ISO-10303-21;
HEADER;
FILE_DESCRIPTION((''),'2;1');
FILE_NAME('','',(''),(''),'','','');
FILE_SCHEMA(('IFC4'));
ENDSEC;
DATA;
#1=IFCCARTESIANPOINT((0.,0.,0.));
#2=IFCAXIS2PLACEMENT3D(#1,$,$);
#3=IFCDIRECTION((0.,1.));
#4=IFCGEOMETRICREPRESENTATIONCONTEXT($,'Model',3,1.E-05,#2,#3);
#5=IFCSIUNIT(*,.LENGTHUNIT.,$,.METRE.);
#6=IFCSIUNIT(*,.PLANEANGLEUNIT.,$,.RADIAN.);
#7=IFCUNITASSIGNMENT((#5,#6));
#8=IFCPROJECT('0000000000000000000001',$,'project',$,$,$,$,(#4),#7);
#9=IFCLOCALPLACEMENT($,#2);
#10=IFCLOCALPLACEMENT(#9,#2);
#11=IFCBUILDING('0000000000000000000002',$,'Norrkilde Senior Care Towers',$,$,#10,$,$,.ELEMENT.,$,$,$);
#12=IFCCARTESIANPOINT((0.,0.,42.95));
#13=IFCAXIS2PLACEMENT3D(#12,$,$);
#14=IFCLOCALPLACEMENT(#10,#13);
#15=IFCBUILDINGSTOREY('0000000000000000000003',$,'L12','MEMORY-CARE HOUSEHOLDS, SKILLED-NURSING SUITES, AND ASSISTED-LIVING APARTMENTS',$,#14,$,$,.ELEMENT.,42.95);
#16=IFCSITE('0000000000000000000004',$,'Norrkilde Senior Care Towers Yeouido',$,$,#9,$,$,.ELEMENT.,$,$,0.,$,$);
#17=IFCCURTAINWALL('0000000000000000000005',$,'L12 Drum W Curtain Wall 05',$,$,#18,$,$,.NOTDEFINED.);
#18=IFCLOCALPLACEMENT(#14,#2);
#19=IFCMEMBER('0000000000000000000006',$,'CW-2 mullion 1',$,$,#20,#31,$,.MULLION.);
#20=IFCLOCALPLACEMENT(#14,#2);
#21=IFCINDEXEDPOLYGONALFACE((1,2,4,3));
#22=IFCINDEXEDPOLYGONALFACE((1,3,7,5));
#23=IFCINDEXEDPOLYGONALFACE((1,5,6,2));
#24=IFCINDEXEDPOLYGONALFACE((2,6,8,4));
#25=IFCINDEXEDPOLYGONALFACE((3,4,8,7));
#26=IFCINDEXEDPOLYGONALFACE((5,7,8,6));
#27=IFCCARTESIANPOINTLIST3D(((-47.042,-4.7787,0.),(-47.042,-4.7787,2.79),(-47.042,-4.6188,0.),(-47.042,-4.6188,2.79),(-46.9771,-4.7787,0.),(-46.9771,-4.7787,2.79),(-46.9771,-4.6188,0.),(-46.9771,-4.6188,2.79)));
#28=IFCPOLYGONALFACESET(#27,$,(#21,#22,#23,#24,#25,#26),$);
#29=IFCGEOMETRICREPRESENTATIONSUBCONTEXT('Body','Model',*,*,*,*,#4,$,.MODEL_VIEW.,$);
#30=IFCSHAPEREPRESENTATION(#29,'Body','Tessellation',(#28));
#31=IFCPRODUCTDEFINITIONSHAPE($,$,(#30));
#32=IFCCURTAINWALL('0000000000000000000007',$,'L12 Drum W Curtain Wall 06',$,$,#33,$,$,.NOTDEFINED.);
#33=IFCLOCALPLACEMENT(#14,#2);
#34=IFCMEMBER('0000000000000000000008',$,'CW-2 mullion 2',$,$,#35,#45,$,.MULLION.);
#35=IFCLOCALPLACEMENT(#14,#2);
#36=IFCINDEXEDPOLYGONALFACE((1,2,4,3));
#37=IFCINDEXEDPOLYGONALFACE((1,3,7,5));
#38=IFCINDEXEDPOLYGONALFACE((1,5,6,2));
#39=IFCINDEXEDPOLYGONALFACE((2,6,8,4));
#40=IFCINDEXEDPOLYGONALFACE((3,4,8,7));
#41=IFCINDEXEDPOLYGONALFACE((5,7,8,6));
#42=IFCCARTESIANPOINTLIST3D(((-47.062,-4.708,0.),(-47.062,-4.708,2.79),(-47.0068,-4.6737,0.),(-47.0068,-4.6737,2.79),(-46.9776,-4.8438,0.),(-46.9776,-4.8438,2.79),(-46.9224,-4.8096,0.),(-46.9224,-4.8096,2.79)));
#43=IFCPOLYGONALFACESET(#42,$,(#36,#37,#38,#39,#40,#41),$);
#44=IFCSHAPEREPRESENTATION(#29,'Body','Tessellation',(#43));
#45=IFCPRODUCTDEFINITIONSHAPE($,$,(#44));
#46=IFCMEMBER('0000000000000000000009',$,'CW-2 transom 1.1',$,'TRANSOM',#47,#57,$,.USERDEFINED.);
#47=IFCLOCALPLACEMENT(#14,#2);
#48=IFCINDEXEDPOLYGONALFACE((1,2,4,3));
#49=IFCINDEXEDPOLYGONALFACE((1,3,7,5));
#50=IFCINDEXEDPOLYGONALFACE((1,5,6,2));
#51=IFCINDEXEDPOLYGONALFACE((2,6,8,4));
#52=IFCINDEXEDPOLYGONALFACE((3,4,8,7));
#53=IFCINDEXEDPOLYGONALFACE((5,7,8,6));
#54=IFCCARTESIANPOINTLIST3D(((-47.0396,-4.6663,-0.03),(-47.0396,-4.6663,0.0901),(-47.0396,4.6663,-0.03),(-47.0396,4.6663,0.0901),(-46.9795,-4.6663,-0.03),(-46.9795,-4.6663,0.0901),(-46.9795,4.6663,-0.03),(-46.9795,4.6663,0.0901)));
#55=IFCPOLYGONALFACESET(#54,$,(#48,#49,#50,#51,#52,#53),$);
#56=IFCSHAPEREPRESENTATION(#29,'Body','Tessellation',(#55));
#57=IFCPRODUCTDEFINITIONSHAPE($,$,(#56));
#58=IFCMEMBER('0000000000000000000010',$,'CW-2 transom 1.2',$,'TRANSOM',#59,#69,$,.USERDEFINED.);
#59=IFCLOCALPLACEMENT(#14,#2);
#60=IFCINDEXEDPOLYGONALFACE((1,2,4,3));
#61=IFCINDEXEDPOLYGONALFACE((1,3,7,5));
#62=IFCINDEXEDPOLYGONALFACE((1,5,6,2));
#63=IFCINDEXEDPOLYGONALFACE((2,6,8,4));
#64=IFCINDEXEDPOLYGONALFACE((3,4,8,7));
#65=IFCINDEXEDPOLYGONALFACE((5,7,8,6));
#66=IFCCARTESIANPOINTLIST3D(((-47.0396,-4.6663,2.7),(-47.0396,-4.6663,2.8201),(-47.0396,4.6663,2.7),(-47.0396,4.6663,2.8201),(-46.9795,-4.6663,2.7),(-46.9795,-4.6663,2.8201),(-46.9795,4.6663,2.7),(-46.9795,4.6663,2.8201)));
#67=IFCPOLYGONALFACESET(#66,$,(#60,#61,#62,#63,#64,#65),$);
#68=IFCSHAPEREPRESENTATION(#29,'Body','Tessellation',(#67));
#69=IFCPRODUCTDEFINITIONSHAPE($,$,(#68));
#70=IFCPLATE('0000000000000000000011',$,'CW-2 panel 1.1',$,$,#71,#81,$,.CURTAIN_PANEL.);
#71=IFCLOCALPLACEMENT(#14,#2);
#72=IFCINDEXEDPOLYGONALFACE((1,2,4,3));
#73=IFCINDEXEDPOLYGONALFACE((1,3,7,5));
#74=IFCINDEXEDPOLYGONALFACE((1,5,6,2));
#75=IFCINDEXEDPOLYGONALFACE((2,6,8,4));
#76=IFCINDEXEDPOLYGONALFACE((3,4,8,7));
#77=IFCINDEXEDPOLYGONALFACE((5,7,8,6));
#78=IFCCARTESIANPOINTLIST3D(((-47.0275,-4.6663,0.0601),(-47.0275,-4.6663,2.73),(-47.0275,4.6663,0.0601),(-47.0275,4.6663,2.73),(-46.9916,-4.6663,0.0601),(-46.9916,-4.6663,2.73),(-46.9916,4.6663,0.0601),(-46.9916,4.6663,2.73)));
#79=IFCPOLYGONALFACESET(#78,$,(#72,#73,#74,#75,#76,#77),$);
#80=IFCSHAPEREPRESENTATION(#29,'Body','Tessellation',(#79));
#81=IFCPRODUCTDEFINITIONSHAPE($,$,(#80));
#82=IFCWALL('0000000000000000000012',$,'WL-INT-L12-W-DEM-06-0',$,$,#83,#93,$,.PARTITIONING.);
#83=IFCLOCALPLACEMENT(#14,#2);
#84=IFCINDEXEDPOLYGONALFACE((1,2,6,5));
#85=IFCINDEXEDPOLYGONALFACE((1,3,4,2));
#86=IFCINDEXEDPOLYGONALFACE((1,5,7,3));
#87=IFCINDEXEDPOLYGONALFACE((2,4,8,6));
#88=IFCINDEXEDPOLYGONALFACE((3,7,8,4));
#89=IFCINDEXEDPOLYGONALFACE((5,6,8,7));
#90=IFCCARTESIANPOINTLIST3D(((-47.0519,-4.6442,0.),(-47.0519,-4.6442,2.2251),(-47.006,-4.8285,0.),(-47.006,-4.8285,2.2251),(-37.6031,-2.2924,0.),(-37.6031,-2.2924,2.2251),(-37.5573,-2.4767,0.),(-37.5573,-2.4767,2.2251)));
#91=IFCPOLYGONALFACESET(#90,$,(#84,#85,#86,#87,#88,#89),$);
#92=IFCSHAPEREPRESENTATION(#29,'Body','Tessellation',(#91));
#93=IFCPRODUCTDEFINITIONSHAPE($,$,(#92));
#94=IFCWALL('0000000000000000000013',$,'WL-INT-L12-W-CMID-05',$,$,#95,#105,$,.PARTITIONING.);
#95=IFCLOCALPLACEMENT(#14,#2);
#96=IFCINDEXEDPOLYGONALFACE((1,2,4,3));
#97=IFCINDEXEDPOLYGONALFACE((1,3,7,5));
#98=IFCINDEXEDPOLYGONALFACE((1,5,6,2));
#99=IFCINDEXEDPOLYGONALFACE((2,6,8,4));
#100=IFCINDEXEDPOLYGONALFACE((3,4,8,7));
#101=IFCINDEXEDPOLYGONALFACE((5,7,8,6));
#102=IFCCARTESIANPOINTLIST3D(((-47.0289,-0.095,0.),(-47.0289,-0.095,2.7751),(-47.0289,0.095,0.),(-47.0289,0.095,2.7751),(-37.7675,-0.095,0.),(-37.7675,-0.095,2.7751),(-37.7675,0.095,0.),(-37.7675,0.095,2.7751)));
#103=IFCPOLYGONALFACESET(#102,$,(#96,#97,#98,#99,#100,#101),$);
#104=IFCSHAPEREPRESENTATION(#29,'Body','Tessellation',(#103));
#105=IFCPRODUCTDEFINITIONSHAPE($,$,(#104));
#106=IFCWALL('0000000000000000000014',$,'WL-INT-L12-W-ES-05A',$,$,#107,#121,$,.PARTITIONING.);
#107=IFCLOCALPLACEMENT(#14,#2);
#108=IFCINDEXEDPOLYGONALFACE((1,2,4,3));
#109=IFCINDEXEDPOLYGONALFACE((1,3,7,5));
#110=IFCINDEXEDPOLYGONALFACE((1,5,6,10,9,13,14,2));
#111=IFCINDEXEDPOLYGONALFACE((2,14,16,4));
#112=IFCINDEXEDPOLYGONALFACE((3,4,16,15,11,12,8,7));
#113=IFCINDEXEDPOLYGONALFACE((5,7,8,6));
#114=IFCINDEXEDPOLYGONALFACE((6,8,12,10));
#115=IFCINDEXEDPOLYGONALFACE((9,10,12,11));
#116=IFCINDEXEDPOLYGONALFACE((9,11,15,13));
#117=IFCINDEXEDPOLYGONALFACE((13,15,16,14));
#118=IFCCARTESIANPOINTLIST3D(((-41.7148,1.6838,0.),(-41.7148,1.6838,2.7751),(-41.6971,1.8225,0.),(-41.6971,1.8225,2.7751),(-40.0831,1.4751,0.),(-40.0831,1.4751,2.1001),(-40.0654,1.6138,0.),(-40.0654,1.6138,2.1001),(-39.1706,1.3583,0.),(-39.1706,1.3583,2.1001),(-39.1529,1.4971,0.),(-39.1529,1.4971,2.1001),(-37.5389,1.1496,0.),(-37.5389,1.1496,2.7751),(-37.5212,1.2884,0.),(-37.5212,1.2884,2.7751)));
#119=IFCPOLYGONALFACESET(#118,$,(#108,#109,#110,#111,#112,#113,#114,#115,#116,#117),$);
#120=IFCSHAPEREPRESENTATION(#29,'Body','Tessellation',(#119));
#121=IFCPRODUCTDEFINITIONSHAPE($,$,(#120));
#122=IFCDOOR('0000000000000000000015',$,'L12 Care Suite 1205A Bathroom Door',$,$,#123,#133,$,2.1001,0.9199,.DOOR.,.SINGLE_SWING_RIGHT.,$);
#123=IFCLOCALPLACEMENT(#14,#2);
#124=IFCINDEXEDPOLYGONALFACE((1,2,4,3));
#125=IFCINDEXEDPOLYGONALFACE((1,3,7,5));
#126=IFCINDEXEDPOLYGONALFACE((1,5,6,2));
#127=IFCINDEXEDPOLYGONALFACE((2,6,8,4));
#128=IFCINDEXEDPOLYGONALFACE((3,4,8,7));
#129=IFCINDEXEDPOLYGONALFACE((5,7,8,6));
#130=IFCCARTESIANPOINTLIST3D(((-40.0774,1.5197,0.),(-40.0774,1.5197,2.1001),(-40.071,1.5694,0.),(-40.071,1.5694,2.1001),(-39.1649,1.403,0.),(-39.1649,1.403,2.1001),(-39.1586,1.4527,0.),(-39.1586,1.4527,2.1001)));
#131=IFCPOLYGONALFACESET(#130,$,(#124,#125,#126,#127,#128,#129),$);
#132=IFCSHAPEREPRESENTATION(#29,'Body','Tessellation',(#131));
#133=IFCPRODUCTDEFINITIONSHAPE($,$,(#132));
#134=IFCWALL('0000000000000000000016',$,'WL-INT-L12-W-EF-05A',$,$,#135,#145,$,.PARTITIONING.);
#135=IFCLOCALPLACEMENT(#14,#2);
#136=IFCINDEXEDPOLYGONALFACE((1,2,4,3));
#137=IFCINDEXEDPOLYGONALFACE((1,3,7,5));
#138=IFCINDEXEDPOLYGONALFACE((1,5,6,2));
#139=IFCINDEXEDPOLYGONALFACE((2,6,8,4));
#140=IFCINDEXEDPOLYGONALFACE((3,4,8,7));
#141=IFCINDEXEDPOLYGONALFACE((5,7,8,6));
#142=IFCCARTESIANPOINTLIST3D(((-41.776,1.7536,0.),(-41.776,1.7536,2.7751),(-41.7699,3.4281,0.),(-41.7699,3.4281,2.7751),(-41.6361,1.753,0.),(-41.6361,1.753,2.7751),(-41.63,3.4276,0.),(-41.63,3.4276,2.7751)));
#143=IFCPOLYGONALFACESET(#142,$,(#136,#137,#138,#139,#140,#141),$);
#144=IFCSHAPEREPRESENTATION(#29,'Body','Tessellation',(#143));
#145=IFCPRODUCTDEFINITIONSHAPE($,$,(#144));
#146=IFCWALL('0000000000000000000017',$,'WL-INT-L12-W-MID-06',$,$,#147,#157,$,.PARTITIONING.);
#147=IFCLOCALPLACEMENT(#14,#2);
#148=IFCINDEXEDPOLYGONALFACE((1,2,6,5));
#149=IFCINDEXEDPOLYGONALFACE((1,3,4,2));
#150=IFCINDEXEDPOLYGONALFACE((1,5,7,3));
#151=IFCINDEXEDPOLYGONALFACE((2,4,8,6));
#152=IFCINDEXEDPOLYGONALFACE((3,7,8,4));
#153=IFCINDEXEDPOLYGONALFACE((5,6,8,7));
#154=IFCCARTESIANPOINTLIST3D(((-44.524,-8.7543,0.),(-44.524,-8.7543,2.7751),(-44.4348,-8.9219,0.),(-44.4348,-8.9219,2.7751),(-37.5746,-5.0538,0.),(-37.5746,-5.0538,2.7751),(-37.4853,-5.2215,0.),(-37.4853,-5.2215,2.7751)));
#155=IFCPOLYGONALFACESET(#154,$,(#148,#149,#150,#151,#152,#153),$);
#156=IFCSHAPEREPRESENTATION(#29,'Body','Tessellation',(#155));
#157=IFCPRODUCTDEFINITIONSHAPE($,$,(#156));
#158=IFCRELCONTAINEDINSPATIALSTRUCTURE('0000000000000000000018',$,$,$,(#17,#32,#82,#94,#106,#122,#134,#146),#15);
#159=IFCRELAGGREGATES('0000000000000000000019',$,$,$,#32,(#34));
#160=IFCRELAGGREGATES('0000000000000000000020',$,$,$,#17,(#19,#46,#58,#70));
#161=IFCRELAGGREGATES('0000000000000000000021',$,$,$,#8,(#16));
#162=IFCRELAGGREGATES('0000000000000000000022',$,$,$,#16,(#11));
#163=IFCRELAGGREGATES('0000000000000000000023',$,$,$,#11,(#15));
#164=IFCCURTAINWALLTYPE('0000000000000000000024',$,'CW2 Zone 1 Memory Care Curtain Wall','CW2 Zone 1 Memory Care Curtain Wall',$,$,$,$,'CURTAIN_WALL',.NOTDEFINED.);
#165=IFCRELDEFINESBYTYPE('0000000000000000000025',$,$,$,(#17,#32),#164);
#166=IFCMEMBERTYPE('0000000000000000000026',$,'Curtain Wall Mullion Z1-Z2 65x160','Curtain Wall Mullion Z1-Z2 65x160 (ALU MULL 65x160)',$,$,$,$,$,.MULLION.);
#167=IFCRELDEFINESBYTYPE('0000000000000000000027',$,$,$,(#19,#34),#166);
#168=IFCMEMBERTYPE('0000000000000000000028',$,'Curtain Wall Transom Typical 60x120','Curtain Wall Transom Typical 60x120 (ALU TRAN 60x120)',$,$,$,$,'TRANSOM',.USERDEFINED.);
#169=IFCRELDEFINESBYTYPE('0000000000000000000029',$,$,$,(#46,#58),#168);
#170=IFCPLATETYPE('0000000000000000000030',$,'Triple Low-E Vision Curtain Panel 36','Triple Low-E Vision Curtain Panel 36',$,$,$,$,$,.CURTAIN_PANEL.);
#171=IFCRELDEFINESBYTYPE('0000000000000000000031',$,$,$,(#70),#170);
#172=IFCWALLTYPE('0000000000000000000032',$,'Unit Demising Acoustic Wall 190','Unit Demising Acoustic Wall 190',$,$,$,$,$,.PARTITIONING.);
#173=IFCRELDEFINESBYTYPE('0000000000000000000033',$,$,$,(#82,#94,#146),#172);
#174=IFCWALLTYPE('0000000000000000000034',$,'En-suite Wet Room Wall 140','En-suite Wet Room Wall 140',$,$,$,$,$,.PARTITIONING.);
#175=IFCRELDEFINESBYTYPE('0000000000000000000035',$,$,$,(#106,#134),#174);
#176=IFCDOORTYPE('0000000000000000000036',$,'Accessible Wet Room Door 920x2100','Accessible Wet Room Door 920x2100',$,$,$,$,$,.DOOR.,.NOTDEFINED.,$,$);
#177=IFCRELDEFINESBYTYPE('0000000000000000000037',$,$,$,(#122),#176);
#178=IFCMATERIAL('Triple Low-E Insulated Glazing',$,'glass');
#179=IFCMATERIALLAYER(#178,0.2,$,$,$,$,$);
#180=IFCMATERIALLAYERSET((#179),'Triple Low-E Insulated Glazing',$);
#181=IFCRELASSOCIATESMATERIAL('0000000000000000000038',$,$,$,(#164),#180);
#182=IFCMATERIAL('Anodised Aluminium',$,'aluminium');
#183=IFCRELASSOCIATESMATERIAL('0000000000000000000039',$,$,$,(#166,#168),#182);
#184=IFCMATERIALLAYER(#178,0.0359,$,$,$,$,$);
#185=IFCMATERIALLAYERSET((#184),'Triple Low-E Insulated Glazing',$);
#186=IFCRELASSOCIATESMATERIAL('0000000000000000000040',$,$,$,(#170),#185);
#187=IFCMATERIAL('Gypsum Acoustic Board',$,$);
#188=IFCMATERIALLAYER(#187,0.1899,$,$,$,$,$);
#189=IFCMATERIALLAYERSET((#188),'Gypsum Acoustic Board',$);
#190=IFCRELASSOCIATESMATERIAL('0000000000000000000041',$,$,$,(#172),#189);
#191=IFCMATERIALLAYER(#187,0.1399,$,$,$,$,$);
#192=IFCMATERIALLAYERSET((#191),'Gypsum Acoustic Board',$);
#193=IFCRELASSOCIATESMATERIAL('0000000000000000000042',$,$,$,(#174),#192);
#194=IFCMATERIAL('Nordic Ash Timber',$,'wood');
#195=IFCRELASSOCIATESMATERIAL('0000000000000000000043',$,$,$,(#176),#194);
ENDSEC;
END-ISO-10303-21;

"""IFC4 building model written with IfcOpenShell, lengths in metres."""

from ifc_helpers import new_model, si_unit, direction, frame, frame_2d, origin, origin_2d, place, context, subcontext, project, spatial, rectangle, extrude, source, transform, mapped, material, layer, layer_set, material_profile, profile_set, type_object, type_shapes, element, fill, aggregate, save


model = new_model("IFC4")

# Units and contexts
model_context = context("Model", 3, precision=1e-05, world=origin(), true_north=direction((0.0, 1.0)))
body_context = subcontext(model_context, "Body", "Model", "MODEL_VIEW")
ifc_project = project(units=[si_unit("LENGTHUNIT", "METRE"), si_unit("PLANEANGLEUNIT", "RADIAN")], contexts=[model_context])

# Site, building, storey
site_placement = place(None, origin())
site = spatial("IfcSite", under=ifc_project, at=site_placement, Name="Norrkilde Senior Care Towers Yeouido", CompositionType="ELEMENT", RefElevation=0.0)
building_placement = place(site_placement, origin())
building = spatial("IfcBuilding", under=site, at=building_placement, Name="Norrkilde Senior Care Towers", CompositionType="ELEMENT")
storey_placement = place(building_placement, frame((0.0, 0.0, 42.95)))
storey = spatial("IfcBuildingStorey", under=building, at=storey_placement, Name="L12", Description="MEMORY-CARE HOUSEHOLDS, SKILLED-NURSING SUITES, AND ASSISTED-LIVING APARTMENTS", CompositionType="ELEMENT", Elevation=42.95)

# Curtain walls, members
ifc_material_1 = material(Name="Triple Low-E Insulated Glazing", Category="glass")
ifc_layer_1 = layer(ifc_material_1, 0.2)
ifc_layer_set_1 = layer_set([ifc_layer_1], Name="Triple Low-E Insulated Glazing")
curtain_wall_type = type_object("IfcCurtainWallType", Name="CW2 Zone 1 Memory Care Curtain Wall", Description="CW2 Zone 1 Memory Care Curtain Wall", ElementType="CURTAIN_WALL", PredefinedType="NOTDEFINED", material=ifc_layer_set_1)
curtain_wall_1_placement = place(storey_placement, origin())
curtain_wall_1 = element("IfcCurtainWall", 1, at=curtain_wall_1_placement, inside=storey, type_object=curtain_wall_type, Name="L12 Drum W Curtain Wall 05", PredefinedType="NOTDEFINED")
ifc_material_2 = material(Name="Anodised Aluminium", Category="aluminium")
ifc_material_profile_1 = material_profile(ifc_material_2, rectangle(XDim=0.0649, YDim=0.1599, at=origin_2d()), Name="ALU MULL 65x160")
ifc_profile_set_1 = profile_set([ifc_material_profile_1], Name="Anodised Aluminium")
member_type_1 = type_object("IfcMemberType", Name="Curtain Wall Mullion Z1-Z2 65x160", Description="Curtain Wall Mullion Z1-Z2 65x160 (ALU MULL 65x160)", PredefinedType="MULLION", material=ifc_profile_set_1)
shared_shape_1 = source(origin(), body_context, "Body", "SweptSolid", [
    extrude(rectangle(XDim=0.0649, YDim=0.1599, at=origin_2d()), origin(), (0.0, 0.0, 1.0), 2.79),
])
type_shapes(member_type_1, [shared_shape_1])
member_1_placement = place(storey_placement, frame((-47.0095, -4.6987, 0.0), z_axis=(0.0, 0.0, 1.0), x_axis=(-1.0, 0.0, 0.0)))
member_1 = element("IfcMember", 2, at=member_1_placement, type_object=member_type_1, Name="CW-2 mullion 1", PredefinedType="MULLION", context=body_context, shape_type="MappedRepresentation", body=[
    mapped(shared_shape_1, transform((0.0, 0.0, 0.0), x_axis=(1.0, 0.0, 0.0), y_axis=(0.0, 1.0, 0.0), z_axis=(0.0, 0.0, 1.0), scale=1.0)),
])
curtain_wall_2_placement = place(storey_placement, origin())
curtain_wall_2 = element("IfcCurtainWall", 3, at=curtain_wall_2_placement, inside=storey, type_object=curtain_wall_type, Name="L12 Drum W Curtain Wall 06", PredefinedType="NOTDEFINED")
member_2_placement = place(storey_placement, frame((-46.9922, -4.7588, 0.0), z_axis=(0.0, 0.0, 1.0), x_axis=(-0.849306, -0.527901, 0.0)))
member_2 = element("IfcMember", 4, at=member_2_placement, type_object=member_type_1, Name="CW-2 mullion 2", PredefinedType="MULLION", context=body_context, shape_type="MappedRepresentation", body=[
    mapped(shared_shape_1, transform((0.0, 0.0, 0.0), x_axis=(1.0, 0.0, 0.0), y_axis=(0.0, 1.0, 0.0), z_axis=(0.0, 0.0, 1.0), scale=1.0)),
])
aggregate(curtain_wall_2, [member_2])

# Members
ifc_material_profile_2 = material_profile(ifc_material_2, rectangle(XDim=0.0601, YDim=0.1201, at=origin_2d()), Name="ALU TRAN 60x120")
ifc_profile_set_2 = profile_set([ifc_material_profile_2], Name="Anodised Aluminium")
member_type_2 = type_object("IfcMemberType", Name="Curtain Wall Transom Typical 60x120", Description="Curtain Wall Transom Typical 60x120 (ALU TRAN 60x120)", ElementType="TRANSOM", PredefinedType="USERDEFINED", material=ifc_profile_set_2)
shared_shape_2 = source(origin(), body_context, "Body", "SweptSolid", [
    extrude(rectangle(XDim=0.0601, YDim=0.1201, at=origin_2d()), origin(), (0.0, 0.0, 1.0), 9.3325),
])
type_shapes(member_type_2, [shared_shape_2])
member_3_placement = place(storey_placement, frame((-47.0095, -4.6663, 0.03), z_axis=(0.0, 1.0, 0.0), x_axis=(-1.0, 0.0, 0.0)))
member_3 = element("IfcMember", 5, at=member_3_placement, type_object=member_type_2, Name="CW-2 transom 1.1", ObjectType="TRANSOM", PredefinedType="USERDEFINED", context=body_context, shape_type="MappedRepresentation", body=[
    mapped(shared_shape_2, transform((0.0, 0.0, 0.0), x_axis=(1.0, 0.0, 0.0), y_axis=(0.0, 1.0, 0.0), z_axis=(0.0, 0.0, 1.0), scale=1.0)),
])
member_4_placement = place(storey_placement, frame((-47.0095, -4.6663, 2.76), z_axis=(0.0, 1.0, 0.0), x_axis=(-1.0, 0.0, 0.0)))
member_4 = element("IfcMember", 6, at=member_4_placement, type_object=member_type_2, Name="CW-2 transom 1.2", ObjectType="TRANSOM", PredefinedType="USERDEFINED", context=body_context, shape_type="MappedRepresentation", body=[
    mapped(shared_shape_2, transform((0.0, 0.0, 0.0), x_axis=(1.0, 0.0, 0.0), y_axis=(0.0, 1.0, 0.0), z_axis=(0.0, 0.0, 1.0), scale=1.0)),
])

# Plate
ifc_layer_2 = layer(ifc_material_1, 0.0359)
ifc_layer_set_2 = layer_set([ifc_layer_2], Name="Triple Low-E Insulated Glazing")
plate_type = type_object("IfcPlateType", Name="Triple Low-E Vision Curtain Panel 36", Description="Triple Low-E Vision Curtain Panel 36", PredefinedType="CURTAIN_PANEL", material=ifc_layer_set_2)
shared_shape_3 = source(origin(), body_context, "Body", "SweptSolid", [
    extrude(rectangle(XDim=9.3325, YDim=0.0359, at=origin_2d()), origin(), (0.0, 0.0, 1.0), 2.6699),
])
type_shapes(plate_type, [shared_shape_3])
plate_placement = place(storey_placement, frame((-47.0095, 0.0, 0.0601), z_axis=(0.0, 0.0, 1.0), x_axis=(0.0, 1.0, 0.0)))
plate = element("IfcPlate", 7, at=plate_placement, type_object=plate_type, Name="CW-2 panel 1.1", PredefinedType="CURTAIN_PANEL", context=body_context, shape_type="MappedRepresentation", body=[
    mapped(shared_shape_3, transform((0.0, 0.0, 0.0), x_axis=(1.0, 0.0, 0.0), y_axis=(0.0, 1.0, 0.0), z_axis=(0.0, 0.0, 1.0), scale=1.0)),
])
aggregate(curtain_wall_1, [member_1, member_3, member_4, plate])

# Walls
ifc_material_3 = material(Name="Gypsum Acoustic Board")
ifc_layer_3 = layer(ifc_material_3, 0.1899)
ifc_layer_set_3 = layer_set([ifc_layer_3], Name="Gypsum Acoustic Board")
wall_type_1 = type_object("IfcWallType", Name="Unit Demising Acoustic Wall 190", Description="Unit Demising Acoustic Wall 190", PredefinedType="PARTITIONING", material=ifc_layer_set_3)
shared_shape_4 = source(origin(), body_context, "Body", "SweptSolid", [
    extrude(rectangle(XDim=9.7371, YDim=0.1899, at=frame_2d((4.8687, 0.0))), origin(), (0.0, 0.0, 1.0), 2.2251),
])
wall_1_placement = place(storey_placement, frame((-37.5801, -2.3845, 0.0), z_axis=(0.0, 0.0, 1.0), x_axis=(-0.970393, -0.241533, 0.0)))
element("IfcWall", 8, at=wall_1_placement, inside=storey, type_object=wall_type_1, Name="WL-INT-L12-W-DEM-06-0", PredefinedType="PARTITIONING", context=body_context, shape_type="MappedRepresentation", body=[
    mapped(shared_shape_4, transform((0.0, 0.0, 0.0), x_axis=(1.0, 0.0, 0.0), y_axis=(0.0, 1.0, 0.0), z_axis=(0.0, 0.0, 1.0), scale=1.0)),
])
shared_shape_5 = source(origin(), body_context, "Body", "SweptSolid", [
    extrude(rectangle(XDim=9.2615, YDim=0.1899, at=frame_2d((4.6309, 0.0))), origin(), (0.0, 0.0, 1.0), 2.7751),
])
wall_2_placement = place(storey_placement, frame((-37.7673, 0.0, 0.0), z_axis=(0.0, 0.0, 1.0), x_axis=(-1.0, 0.0, 0.0)))
element("IfcWall", 9, at=wall_2_placement, inside=storey, type_object=wall_type_1, Name="WL-INT-L12-W-CMID-05", PredefinedType="PARTITIONING", context=body_context, shape_type="MappedRepresentation", body=[
    mapped(shared_shape_5, transform((0.0, 0.0, 0.0), x_axis=(1.0, 0.0, 0.0), y_axis=(0.0, 1.0, 0.0), z_axis=(0.0, 0.0, 1.0), scale=1.0)),
])

# Wall, opening, door
ifc_layer_4 = layer(ifc_material_3, 0.1399)
ifc_layer_set_4 = layer_set([ifc_layer_4], Name="Gypsum Acoustic Board")
wall_type_2 = type_object("IfcWallType", Name="En-suite Wet Room Wall 140", Description="En-suite Wet Room Wall 140", PredefinedType="PARTITIONING", material=ifc_layer_set_4)
shared_shape_6 = source(origin(), body_context, "Body", "SweptSolid", [
    extrude(rectangle(XDim=4.21, YDim=0.1399, at=frame_2d((2.105, 0.0))), origin(), (0.0, 0.0, 1.0), 2.7751),
])
wall_3_placement = place(storey_placement, frame((-37.53, 1.219, 0.0), z_axis=(0.0, 0.0, 1.0), x_axis=(-0.991918, 0.126882, 0.0)))
wall_3 = element("IfcWall", 10, at=wall_3_placement, inside=storey, type_object=wall_type_2, Name="WL-INT-L12-W-ES-05A", PredefinedType="PARTITIONING", context=body_context, shape_type="MappedRepresentation", body=[
    mapped(shared_shape_6, transform((0.0, 0.0, 0.0), x_axis=(1.0, 0.0, 0.0), y_axis=(0.0, 1.0, 0.0), z_axis=(0.0, 0.0, 1.0), scale=1.0)),
])
opening_1_placement = place(wall_3_placement, frame((1.645, 0.0, 0.0)))
opening_1 = element("IfcOpeningElement", 11, at=opening_1_placement, cuts=wall_3, PredefinedType="OPENING", context=body_context, shape_type="SweptSolid", body=[
    extrude(rectangle(XDim=0.9199, YDim=2.1001, at=frame_2d((0.46, 1.05))), frame((0.0, 0.0798, 0.0), z_axis=(0.0, -1.0, 0.0), x_axis=(1.0, 0.0, 0.0)), (0.0, 0.0, 1.0), 0.1599),
])
ifc_material_4 = material(Name="Nordic Ash Timber", Category="wood")
door_type_1 = type_object("IfcDoorType", Name="Accessible Wet Room Door 920x2100", Description="Accessible Wet Room Door 920x2100", OperationType="NOTDEFINED", PredefinedType="DOOR", material=ifc_material_4)
shared_shape_7 = source(origin(), body_context, "Body", "SweptSolid", [
    extrude(rectangle(XDim=0.9199, YDim=2.1001, at=frame_2d((0.46, 1.05))), frame((0.0, 0.0249, 0.0), z_axis=(0.0, -1.0, 0.0), x_axis=(1.0, 0.0, 0.0)), (0.0, 0.0, 1.0), 0.05),
])
type_shapes(door_type_1, [shared_shape_7])
door_1_placement = place(opening_1_placement, origin())
door_1 = element("IfcDoor", 12, at=door_1_placement, inside=storey, type_object=door_type_1, Name="L12 Care Suite 1205A Bathroom Door", OperationType="SINGLE_SWING_RIGHT", OverallHeight=2.1001, OverallWidth=0.9199, PredefinedType="DOOR", context=body_context, shape_type="MappedRepresentation", body=[
    mapped(shared_shape_7, transform((0.0, 0.0, 0.0), x_axis=(1.0, 0.0, 0.0), y_axis=(0.0, 1.0, 0.0), z_axis=(0.0, 0.0, 1.0), scale=1.0)),
])
fill(opening_1, door_1)

# Walls
shared_shape_8 = source(origin(), body_context, "Body", "SweptSolid", [
    extrude(rectangle(XDim=1.6746, YDim=0.1399, at=frame_2d((0.8374, 0.0))), origin(), (0.0, 0.0, 1.0), 2.7751),
])
type_shapes(wall_type_2, [shared_shape_6, shared_shape_8])
wall_4_placement = place(storey_placement, frame((-41.7061, 1.7532, 0.0), z_axis=(0.0, 0.0, 1.0), x_axis=(0.003645, 0.999993, 0.0)))
element("IfcWall", 13, at=wall_4_placement, inside=storey, type_object=wall_type_2, Name="WL-INT-L12-W-EF-05A", PredefinedType="PARTITIONING", context=body_context, shape_type="MappedRepresentation", body=[
    mapped(shared_shape_8, transform((0.0, 0.0, 0.0), x_axis=(1.0, 0.0, 0.0), y_axis=(0.0, 1.0, 0.0), z_axis=(0.0, 0.0, 1.0), scale=1.0)),
])
shared_shape_9 = source(origin(), body_context, "Body", "SweptSolid", [
    extrude(rectangle(XDim=7.8733, YDim=0.1899, at=frame_2d((3.9365, 0.0))), origin(), (0.0, 0.0, 1.0), 2.7751),
])
type_shapes(wall_type_1, [shared_shape_4, shared_shape_5, shared_shape_9])
wall_5_placement = place(storey_placement, frame((-37.53, -5.1377, 0.0), z_axis=(0.0, 0.0, 1.0), x_axis=(-0.882666, -0.470001, 0.0)))
element("IfcWall", 14, at=wall_5_placement, inside=storey, type_object=wall_type_1, Name="WL-INT-L12-W-MID-06", PredefinedType="PARTITIONING", context=body_context, shape_type="MappedRepresentation", body=[
    mapped(shared_shape_9, transform((0.0, 0.0, 0.0), x_axis=(1.0, 0.0, 0.0), y_axis=(0.0, 1.0, 0.0), z_axis=(0.0, 0.0, 1.0), scale=1.0)),
])

save(model, "model.ifc")
